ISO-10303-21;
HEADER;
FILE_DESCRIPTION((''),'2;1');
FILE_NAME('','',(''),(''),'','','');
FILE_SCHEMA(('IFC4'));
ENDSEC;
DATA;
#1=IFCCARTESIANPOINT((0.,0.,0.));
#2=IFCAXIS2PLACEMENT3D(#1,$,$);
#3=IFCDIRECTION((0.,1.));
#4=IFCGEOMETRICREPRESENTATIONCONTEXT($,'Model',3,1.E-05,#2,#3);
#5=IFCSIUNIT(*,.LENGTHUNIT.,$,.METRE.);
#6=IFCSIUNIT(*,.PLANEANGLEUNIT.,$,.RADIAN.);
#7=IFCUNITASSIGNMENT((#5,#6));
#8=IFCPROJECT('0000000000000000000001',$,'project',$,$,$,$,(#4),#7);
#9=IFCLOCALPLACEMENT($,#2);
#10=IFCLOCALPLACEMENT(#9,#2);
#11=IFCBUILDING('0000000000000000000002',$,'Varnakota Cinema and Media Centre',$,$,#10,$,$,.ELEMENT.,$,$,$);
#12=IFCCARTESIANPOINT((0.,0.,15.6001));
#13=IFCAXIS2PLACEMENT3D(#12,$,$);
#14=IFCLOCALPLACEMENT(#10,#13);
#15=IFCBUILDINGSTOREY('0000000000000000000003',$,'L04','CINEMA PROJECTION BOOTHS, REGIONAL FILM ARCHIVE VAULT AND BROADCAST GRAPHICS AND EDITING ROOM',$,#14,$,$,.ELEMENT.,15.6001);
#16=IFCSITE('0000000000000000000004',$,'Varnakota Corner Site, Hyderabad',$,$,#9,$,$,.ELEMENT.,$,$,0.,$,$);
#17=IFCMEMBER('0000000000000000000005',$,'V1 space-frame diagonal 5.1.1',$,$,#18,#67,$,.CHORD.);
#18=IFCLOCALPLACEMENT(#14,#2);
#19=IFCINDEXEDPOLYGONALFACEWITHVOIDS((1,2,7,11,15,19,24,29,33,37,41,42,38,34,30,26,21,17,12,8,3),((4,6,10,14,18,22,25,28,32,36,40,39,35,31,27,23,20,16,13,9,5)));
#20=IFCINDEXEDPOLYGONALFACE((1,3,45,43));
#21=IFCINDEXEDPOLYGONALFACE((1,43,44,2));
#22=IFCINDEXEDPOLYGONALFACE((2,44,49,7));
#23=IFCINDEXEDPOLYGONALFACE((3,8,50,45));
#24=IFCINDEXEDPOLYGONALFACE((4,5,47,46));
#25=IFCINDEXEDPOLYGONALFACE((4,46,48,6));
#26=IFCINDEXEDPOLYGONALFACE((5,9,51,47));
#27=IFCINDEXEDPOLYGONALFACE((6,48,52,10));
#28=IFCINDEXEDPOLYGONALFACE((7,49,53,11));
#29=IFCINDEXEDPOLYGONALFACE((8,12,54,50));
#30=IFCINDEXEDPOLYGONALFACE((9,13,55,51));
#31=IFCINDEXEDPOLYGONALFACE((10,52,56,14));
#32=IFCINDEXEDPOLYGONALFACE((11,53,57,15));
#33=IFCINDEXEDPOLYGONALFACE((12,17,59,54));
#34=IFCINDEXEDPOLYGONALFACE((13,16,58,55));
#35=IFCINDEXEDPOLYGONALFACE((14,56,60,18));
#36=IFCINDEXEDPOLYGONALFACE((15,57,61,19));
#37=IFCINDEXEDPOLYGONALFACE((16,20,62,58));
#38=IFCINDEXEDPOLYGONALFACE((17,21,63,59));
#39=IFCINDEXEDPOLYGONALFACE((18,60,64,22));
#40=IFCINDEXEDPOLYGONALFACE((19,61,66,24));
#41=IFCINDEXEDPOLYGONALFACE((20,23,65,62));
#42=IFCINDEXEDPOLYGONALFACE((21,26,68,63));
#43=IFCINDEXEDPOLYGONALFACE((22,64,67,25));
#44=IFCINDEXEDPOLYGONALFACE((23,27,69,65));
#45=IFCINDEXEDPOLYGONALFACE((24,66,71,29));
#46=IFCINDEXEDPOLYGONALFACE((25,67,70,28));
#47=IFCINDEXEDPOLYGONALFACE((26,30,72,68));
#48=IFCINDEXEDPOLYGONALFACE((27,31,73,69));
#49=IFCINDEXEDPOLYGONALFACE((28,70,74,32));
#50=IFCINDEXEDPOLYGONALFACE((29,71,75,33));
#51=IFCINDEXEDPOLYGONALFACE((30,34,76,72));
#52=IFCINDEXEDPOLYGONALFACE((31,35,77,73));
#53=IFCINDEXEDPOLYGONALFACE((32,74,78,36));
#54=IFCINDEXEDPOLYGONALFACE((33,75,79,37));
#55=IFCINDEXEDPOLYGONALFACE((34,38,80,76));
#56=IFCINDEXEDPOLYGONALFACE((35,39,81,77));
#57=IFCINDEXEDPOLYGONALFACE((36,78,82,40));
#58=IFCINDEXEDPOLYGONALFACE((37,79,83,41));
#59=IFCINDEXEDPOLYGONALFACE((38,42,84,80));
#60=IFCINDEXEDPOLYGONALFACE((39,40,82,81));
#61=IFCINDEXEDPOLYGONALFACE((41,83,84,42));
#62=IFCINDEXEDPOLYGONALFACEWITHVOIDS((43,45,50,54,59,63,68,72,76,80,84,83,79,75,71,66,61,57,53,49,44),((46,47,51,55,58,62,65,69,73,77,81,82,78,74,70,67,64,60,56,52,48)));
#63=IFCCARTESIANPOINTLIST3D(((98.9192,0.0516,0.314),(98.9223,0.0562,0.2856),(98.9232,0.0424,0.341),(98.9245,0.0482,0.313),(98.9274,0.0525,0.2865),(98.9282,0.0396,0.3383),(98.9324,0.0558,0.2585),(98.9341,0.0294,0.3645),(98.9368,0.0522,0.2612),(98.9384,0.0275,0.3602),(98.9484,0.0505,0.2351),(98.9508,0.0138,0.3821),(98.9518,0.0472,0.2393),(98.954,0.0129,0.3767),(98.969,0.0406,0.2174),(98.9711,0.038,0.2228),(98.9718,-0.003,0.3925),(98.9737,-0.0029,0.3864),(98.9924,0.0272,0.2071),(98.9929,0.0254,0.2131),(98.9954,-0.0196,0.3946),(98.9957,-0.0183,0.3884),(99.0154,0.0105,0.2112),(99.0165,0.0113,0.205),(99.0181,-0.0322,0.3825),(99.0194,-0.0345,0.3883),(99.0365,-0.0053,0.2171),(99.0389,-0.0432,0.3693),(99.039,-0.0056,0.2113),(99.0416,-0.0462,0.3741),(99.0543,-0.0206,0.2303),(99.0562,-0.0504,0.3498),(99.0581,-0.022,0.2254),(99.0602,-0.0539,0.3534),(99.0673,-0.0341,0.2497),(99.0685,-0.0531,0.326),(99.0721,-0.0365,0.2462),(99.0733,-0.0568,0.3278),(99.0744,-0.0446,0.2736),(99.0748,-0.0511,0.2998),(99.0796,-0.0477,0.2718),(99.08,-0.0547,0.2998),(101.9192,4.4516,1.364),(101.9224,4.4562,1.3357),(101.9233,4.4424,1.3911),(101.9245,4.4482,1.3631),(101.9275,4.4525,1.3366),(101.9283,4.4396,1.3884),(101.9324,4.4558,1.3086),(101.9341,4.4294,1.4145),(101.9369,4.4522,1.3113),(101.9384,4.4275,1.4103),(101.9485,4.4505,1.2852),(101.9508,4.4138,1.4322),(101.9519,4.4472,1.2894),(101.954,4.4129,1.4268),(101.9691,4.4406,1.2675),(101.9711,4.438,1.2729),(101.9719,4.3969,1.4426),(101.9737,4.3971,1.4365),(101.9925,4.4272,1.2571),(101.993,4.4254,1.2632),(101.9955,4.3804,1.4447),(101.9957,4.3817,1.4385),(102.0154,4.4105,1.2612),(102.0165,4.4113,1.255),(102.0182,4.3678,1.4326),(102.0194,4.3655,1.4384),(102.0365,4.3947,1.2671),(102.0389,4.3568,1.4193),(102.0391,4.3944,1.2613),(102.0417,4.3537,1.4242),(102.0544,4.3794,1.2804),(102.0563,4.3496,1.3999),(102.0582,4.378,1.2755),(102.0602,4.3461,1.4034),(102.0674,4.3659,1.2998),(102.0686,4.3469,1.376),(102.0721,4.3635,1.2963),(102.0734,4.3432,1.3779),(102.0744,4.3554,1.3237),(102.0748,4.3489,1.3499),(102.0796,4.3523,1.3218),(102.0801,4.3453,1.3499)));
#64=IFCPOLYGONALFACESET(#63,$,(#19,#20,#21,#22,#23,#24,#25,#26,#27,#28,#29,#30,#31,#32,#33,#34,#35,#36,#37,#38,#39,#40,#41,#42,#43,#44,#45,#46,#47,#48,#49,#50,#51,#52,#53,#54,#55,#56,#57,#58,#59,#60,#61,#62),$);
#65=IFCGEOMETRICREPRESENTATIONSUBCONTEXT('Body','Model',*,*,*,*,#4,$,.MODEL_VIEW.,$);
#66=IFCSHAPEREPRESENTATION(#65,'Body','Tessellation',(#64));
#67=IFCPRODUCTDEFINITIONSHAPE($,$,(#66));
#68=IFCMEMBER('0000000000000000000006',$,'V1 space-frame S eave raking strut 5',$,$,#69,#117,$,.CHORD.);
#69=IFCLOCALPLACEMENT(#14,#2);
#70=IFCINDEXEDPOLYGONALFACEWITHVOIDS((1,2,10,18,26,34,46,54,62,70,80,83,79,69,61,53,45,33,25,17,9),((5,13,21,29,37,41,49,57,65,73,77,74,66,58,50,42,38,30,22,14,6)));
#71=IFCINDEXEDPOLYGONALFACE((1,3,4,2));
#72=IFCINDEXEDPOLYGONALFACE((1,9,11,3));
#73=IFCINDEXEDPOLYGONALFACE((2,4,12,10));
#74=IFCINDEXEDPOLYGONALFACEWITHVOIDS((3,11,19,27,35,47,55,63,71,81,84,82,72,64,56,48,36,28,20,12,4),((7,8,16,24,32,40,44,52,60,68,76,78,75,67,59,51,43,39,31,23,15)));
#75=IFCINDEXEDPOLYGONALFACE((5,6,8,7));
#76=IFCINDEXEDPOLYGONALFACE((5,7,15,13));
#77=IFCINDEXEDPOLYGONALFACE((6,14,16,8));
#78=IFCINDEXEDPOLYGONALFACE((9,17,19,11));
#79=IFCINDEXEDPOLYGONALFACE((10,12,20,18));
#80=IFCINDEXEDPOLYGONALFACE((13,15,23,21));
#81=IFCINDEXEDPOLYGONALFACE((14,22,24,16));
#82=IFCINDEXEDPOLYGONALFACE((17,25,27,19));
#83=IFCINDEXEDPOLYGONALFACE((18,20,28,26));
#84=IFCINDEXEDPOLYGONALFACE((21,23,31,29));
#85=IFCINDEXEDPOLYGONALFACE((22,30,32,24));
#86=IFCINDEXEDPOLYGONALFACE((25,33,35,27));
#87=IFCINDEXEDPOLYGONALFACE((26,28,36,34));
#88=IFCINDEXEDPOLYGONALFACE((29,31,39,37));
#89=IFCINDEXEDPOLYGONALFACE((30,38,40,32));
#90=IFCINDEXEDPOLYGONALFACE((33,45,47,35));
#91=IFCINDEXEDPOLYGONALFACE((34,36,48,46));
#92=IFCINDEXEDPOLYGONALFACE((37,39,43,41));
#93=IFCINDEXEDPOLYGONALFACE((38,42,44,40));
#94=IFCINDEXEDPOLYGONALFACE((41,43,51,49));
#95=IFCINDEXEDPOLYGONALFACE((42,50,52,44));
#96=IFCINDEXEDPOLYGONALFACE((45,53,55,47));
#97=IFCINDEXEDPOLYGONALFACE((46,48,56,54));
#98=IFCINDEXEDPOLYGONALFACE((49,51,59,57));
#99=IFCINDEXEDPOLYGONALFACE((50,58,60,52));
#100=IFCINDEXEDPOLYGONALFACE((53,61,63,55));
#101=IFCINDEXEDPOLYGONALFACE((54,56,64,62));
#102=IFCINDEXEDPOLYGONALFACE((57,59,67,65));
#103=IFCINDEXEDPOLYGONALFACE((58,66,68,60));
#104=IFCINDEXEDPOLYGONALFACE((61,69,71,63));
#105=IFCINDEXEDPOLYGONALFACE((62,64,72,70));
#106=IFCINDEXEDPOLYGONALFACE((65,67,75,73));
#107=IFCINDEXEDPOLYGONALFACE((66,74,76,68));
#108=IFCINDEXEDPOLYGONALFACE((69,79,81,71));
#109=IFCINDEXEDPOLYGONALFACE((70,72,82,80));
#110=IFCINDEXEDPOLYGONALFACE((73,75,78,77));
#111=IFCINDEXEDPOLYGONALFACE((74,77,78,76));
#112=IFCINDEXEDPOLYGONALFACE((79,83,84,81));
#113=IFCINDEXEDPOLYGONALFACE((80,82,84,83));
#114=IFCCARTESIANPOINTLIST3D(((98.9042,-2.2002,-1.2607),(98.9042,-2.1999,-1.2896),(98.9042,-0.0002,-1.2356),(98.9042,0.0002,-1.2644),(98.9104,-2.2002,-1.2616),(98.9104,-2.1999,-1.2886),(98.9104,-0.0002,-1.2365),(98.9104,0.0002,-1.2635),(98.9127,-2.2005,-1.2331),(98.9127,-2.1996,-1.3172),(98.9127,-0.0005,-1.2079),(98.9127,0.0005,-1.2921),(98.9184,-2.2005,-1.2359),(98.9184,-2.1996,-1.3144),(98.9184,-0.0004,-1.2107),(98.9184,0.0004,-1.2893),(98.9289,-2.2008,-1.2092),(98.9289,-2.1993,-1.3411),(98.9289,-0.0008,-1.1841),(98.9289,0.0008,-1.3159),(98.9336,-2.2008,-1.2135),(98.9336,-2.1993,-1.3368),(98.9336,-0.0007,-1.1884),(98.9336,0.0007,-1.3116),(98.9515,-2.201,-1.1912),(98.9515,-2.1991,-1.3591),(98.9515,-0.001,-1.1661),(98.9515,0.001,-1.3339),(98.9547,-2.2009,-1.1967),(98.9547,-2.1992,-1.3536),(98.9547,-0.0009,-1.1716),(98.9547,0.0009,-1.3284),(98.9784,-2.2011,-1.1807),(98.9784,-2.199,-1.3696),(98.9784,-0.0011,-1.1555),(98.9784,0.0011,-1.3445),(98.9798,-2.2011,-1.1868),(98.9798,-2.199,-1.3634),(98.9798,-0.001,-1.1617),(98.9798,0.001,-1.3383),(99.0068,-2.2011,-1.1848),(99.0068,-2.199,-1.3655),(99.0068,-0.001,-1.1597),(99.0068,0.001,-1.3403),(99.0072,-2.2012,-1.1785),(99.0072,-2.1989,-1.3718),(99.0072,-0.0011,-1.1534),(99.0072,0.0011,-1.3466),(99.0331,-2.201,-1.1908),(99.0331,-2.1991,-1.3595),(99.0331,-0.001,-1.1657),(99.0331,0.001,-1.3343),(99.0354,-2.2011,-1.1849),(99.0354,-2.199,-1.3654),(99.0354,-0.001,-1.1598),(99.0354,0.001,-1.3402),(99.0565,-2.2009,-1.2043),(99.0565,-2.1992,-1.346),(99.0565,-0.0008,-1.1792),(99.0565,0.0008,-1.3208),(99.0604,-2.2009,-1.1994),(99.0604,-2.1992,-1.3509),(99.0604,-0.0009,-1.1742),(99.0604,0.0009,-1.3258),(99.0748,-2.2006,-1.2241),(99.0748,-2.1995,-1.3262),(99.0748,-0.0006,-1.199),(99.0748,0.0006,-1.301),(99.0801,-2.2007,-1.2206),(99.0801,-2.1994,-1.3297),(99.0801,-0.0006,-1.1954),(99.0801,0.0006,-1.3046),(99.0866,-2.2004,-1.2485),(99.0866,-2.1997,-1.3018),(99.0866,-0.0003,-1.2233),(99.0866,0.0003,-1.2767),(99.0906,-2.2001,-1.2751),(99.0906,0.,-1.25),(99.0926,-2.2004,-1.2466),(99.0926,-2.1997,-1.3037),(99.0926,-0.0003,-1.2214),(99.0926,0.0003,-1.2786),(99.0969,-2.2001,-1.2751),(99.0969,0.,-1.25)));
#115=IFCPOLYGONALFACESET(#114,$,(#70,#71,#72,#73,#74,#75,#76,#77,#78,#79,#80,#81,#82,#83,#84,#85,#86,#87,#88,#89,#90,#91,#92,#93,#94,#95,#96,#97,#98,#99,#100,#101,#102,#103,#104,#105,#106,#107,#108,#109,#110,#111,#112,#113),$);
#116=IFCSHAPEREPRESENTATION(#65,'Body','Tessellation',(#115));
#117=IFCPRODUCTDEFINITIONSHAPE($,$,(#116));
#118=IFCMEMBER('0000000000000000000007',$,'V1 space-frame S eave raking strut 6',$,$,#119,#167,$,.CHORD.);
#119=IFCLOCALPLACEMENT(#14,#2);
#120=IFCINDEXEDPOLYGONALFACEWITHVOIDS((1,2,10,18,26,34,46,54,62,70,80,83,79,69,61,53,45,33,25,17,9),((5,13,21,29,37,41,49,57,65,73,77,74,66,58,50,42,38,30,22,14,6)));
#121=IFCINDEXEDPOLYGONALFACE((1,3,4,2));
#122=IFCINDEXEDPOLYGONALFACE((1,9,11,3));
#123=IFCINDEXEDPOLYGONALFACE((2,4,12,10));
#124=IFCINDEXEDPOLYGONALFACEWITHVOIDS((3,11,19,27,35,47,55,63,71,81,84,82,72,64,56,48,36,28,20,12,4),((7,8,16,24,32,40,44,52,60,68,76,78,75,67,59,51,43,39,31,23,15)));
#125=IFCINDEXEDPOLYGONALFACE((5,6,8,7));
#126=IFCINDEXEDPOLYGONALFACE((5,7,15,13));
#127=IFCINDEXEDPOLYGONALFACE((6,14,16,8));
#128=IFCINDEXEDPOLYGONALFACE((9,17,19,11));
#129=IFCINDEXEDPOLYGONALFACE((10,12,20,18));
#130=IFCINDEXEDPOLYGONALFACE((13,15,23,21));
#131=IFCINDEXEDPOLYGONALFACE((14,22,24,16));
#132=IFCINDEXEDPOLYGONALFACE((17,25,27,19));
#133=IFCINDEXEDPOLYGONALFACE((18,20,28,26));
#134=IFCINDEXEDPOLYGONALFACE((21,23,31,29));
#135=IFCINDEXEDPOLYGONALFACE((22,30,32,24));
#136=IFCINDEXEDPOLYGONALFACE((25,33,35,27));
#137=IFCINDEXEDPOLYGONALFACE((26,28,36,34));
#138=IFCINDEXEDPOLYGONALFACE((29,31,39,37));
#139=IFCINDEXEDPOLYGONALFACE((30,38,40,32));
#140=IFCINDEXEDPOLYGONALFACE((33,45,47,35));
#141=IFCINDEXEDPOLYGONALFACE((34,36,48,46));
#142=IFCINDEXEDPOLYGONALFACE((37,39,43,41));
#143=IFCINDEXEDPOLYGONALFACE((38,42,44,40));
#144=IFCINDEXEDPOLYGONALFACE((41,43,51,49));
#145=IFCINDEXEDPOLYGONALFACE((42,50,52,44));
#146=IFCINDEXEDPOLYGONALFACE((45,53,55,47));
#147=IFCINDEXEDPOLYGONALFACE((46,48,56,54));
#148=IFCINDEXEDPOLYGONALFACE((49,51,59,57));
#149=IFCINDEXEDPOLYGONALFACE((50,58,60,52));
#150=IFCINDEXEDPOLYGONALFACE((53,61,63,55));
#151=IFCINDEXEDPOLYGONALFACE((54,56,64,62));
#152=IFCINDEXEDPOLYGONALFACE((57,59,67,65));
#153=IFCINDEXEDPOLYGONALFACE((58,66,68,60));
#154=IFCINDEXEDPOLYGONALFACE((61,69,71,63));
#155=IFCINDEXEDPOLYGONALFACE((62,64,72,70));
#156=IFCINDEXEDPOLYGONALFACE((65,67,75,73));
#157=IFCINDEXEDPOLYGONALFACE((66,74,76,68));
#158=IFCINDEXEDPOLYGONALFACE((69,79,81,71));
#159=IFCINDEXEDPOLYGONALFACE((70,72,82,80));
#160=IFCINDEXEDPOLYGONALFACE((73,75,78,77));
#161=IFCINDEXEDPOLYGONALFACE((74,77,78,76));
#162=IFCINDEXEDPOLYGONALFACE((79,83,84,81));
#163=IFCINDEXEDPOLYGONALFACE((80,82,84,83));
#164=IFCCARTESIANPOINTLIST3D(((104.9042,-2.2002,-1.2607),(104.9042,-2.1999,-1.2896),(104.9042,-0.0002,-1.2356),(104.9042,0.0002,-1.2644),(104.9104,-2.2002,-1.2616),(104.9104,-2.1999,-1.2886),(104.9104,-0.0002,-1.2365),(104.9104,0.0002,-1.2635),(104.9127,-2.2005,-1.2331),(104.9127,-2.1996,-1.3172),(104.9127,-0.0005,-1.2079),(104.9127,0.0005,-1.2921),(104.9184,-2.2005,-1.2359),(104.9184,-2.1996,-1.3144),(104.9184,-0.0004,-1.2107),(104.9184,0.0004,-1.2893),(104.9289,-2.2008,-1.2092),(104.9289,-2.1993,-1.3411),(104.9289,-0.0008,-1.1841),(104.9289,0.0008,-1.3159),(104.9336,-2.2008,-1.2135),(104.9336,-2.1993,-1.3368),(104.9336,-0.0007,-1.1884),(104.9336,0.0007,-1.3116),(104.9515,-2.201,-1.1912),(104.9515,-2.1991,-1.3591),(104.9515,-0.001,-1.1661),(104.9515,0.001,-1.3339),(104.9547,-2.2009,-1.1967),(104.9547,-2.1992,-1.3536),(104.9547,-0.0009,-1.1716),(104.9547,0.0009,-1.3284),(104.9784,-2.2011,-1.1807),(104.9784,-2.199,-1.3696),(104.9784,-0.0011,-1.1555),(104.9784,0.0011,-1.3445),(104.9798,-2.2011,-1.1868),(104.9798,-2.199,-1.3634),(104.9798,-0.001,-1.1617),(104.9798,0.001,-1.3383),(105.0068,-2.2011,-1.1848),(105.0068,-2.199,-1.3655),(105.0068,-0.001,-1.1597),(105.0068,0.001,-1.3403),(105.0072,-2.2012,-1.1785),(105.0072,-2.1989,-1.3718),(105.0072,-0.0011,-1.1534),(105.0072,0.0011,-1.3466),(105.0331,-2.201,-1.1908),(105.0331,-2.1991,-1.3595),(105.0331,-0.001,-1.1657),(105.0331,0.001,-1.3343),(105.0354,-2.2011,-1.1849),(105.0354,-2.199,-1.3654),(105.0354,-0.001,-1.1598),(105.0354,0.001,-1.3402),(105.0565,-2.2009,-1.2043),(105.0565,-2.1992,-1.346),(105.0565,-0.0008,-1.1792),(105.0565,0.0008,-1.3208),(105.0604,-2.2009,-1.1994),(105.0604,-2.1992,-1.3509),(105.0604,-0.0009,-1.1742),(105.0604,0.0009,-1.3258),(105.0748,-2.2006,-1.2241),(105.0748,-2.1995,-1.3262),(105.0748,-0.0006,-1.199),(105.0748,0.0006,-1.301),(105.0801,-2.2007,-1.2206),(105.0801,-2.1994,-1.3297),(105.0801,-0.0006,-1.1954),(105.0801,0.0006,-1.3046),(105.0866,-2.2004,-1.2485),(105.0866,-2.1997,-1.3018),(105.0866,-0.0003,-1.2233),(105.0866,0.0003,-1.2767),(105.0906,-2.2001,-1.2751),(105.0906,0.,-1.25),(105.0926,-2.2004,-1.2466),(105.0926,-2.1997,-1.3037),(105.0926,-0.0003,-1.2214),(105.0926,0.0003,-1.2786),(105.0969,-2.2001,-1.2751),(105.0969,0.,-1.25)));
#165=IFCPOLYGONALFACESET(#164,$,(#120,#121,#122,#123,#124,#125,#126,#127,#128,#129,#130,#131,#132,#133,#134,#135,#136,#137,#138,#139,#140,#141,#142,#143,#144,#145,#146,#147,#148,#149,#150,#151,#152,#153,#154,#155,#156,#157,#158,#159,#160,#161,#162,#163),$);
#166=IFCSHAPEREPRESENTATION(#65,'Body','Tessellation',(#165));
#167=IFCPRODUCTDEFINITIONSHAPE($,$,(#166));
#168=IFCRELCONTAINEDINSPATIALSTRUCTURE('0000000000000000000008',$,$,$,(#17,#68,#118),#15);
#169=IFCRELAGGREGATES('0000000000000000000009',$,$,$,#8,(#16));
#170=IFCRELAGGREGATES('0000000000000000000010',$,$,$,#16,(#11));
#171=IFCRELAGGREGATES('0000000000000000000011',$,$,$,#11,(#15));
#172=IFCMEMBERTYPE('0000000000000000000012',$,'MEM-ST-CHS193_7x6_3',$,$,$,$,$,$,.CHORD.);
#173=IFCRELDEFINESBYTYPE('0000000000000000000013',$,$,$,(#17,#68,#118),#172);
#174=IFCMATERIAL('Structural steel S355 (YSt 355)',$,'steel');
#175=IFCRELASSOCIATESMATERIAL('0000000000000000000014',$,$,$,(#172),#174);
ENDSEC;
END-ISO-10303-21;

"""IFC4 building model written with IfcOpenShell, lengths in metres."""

from ifc_helpers import new_model, si_unit, direction, frame, origin, origin_2d, place, context, subcontext, project, spatial, hollow_circle, extrude, material, material_profile, profile_set, type_object, element, save


model = new_model("IFC4")

# Units and contexts
model_context = context("Model", 3, precision=1e-05, world=origin(), true_north=direction((0.0, 1.0)))
body_context = subcontext(model_context, "Body", "Model", "MODEL_VIEW")
ifc_project = project(units=[si_unit("LENGTHUNIT", "METRE"), si_unit("PLANEANGLEUNIT", "RADIAN")], contexts=[model_context])

# Site, building, storey
site_placement = place(None, origin())
site = spatial("IfcSite", under=ifc_project, at=site_placement, Name="Varnakota Corner Site, Hyderabad", CompositionType="ELEMENT", RefElevation=0.0)
building_placement = place(site_placement, origin())
building = spatial("IfcBuilding", under=site, at=building_placement, Name="Varnakota Cinema and Media Centre", CompositionType="ELEMENT")
storey_placement = place(building_placement, frame((0.0, 0.0, 15.6001)))
storey = spatial("IfcBuildingStorey", under=building, at=storey_placement, Name="L04", Description="CINEMA PROJECTION BOOTHS, REGIONAL FILM ARCHIVE VAULT AND BROADCAST GRAPHICS AND EDITING ROOM", CompositionType="ELEMENT", Elevation=15.6001)

# Members
ifc_material_1 = material(Name="Structural steel S355 (YSt 355)", Category="steel")
ifc_material_profile_1 = material_profile(ifc_material_1, hollow_circle(Radius=0.0969, WallThickness=0.0063, at=origin_2d()), Name="CHS 193.7x6.3")
ifc_profile_set_1 = profile_set([ifc_material_profile_1], Name="Structural steel S355 (YSt 355)")
member_type_1 = type_object("IfcMemberType", Name="MEM-ST-CHS193_7x6_3", PredefinedType="CHORD", material=ifc_profile_set_1)
member_1_placement = place(storey_placement, frame((102.0, 4.3999, 1.3499), z_axis=(-0.552703, -0.810613, -0.193455), x_axis=(0.826222, -0.563345, 0.0)))
element("IfcMember", 1, at=member_1_placement, inside=storey, type_object=member_type_1, Name="V1 space-frame diagonal 5.1.1", PredefinedType="CHORD", context=body_context, shape_type="SweptSolid", body=[
    extrude(hollow_circle(Radius=0.0969, WallThickness=0.0063, at=origin_2d()), origin(), (0.0, 0.0, 1.0), 5.428),
])
for number, where, z_axis, x_axis, name in (
    (2, (99.0, 0.0, -1.25), (0.0, -0.999935, -0.01143), (1.0, 0.0, 0.0), "V1 space-frame S eave raking strut 5"),
    (3, (105.0, 0.0, -1.25), (0.0, -0.999935, -0.01143), (1.0, 0.0, 0.0), "V1 space-frame S eave raking strut 6"),
):
    element("IfcMember", number, at=place(storey_placement, frame(where, z_axis=z_axis, x_axis=x_axis)), inside=storey, type_object=member_type_1, Name=name, PredefinedType="CHORD", context=body_context, shape_type="SweptSolid", body=[
        extrude(hollow_circle(Radius=0.0969, WallThickness=0.0063, at=origin_2d()), origin(), (0.0, 0.0, 1.0), 2.2002),
    ])

save(model, "model.ifc")
